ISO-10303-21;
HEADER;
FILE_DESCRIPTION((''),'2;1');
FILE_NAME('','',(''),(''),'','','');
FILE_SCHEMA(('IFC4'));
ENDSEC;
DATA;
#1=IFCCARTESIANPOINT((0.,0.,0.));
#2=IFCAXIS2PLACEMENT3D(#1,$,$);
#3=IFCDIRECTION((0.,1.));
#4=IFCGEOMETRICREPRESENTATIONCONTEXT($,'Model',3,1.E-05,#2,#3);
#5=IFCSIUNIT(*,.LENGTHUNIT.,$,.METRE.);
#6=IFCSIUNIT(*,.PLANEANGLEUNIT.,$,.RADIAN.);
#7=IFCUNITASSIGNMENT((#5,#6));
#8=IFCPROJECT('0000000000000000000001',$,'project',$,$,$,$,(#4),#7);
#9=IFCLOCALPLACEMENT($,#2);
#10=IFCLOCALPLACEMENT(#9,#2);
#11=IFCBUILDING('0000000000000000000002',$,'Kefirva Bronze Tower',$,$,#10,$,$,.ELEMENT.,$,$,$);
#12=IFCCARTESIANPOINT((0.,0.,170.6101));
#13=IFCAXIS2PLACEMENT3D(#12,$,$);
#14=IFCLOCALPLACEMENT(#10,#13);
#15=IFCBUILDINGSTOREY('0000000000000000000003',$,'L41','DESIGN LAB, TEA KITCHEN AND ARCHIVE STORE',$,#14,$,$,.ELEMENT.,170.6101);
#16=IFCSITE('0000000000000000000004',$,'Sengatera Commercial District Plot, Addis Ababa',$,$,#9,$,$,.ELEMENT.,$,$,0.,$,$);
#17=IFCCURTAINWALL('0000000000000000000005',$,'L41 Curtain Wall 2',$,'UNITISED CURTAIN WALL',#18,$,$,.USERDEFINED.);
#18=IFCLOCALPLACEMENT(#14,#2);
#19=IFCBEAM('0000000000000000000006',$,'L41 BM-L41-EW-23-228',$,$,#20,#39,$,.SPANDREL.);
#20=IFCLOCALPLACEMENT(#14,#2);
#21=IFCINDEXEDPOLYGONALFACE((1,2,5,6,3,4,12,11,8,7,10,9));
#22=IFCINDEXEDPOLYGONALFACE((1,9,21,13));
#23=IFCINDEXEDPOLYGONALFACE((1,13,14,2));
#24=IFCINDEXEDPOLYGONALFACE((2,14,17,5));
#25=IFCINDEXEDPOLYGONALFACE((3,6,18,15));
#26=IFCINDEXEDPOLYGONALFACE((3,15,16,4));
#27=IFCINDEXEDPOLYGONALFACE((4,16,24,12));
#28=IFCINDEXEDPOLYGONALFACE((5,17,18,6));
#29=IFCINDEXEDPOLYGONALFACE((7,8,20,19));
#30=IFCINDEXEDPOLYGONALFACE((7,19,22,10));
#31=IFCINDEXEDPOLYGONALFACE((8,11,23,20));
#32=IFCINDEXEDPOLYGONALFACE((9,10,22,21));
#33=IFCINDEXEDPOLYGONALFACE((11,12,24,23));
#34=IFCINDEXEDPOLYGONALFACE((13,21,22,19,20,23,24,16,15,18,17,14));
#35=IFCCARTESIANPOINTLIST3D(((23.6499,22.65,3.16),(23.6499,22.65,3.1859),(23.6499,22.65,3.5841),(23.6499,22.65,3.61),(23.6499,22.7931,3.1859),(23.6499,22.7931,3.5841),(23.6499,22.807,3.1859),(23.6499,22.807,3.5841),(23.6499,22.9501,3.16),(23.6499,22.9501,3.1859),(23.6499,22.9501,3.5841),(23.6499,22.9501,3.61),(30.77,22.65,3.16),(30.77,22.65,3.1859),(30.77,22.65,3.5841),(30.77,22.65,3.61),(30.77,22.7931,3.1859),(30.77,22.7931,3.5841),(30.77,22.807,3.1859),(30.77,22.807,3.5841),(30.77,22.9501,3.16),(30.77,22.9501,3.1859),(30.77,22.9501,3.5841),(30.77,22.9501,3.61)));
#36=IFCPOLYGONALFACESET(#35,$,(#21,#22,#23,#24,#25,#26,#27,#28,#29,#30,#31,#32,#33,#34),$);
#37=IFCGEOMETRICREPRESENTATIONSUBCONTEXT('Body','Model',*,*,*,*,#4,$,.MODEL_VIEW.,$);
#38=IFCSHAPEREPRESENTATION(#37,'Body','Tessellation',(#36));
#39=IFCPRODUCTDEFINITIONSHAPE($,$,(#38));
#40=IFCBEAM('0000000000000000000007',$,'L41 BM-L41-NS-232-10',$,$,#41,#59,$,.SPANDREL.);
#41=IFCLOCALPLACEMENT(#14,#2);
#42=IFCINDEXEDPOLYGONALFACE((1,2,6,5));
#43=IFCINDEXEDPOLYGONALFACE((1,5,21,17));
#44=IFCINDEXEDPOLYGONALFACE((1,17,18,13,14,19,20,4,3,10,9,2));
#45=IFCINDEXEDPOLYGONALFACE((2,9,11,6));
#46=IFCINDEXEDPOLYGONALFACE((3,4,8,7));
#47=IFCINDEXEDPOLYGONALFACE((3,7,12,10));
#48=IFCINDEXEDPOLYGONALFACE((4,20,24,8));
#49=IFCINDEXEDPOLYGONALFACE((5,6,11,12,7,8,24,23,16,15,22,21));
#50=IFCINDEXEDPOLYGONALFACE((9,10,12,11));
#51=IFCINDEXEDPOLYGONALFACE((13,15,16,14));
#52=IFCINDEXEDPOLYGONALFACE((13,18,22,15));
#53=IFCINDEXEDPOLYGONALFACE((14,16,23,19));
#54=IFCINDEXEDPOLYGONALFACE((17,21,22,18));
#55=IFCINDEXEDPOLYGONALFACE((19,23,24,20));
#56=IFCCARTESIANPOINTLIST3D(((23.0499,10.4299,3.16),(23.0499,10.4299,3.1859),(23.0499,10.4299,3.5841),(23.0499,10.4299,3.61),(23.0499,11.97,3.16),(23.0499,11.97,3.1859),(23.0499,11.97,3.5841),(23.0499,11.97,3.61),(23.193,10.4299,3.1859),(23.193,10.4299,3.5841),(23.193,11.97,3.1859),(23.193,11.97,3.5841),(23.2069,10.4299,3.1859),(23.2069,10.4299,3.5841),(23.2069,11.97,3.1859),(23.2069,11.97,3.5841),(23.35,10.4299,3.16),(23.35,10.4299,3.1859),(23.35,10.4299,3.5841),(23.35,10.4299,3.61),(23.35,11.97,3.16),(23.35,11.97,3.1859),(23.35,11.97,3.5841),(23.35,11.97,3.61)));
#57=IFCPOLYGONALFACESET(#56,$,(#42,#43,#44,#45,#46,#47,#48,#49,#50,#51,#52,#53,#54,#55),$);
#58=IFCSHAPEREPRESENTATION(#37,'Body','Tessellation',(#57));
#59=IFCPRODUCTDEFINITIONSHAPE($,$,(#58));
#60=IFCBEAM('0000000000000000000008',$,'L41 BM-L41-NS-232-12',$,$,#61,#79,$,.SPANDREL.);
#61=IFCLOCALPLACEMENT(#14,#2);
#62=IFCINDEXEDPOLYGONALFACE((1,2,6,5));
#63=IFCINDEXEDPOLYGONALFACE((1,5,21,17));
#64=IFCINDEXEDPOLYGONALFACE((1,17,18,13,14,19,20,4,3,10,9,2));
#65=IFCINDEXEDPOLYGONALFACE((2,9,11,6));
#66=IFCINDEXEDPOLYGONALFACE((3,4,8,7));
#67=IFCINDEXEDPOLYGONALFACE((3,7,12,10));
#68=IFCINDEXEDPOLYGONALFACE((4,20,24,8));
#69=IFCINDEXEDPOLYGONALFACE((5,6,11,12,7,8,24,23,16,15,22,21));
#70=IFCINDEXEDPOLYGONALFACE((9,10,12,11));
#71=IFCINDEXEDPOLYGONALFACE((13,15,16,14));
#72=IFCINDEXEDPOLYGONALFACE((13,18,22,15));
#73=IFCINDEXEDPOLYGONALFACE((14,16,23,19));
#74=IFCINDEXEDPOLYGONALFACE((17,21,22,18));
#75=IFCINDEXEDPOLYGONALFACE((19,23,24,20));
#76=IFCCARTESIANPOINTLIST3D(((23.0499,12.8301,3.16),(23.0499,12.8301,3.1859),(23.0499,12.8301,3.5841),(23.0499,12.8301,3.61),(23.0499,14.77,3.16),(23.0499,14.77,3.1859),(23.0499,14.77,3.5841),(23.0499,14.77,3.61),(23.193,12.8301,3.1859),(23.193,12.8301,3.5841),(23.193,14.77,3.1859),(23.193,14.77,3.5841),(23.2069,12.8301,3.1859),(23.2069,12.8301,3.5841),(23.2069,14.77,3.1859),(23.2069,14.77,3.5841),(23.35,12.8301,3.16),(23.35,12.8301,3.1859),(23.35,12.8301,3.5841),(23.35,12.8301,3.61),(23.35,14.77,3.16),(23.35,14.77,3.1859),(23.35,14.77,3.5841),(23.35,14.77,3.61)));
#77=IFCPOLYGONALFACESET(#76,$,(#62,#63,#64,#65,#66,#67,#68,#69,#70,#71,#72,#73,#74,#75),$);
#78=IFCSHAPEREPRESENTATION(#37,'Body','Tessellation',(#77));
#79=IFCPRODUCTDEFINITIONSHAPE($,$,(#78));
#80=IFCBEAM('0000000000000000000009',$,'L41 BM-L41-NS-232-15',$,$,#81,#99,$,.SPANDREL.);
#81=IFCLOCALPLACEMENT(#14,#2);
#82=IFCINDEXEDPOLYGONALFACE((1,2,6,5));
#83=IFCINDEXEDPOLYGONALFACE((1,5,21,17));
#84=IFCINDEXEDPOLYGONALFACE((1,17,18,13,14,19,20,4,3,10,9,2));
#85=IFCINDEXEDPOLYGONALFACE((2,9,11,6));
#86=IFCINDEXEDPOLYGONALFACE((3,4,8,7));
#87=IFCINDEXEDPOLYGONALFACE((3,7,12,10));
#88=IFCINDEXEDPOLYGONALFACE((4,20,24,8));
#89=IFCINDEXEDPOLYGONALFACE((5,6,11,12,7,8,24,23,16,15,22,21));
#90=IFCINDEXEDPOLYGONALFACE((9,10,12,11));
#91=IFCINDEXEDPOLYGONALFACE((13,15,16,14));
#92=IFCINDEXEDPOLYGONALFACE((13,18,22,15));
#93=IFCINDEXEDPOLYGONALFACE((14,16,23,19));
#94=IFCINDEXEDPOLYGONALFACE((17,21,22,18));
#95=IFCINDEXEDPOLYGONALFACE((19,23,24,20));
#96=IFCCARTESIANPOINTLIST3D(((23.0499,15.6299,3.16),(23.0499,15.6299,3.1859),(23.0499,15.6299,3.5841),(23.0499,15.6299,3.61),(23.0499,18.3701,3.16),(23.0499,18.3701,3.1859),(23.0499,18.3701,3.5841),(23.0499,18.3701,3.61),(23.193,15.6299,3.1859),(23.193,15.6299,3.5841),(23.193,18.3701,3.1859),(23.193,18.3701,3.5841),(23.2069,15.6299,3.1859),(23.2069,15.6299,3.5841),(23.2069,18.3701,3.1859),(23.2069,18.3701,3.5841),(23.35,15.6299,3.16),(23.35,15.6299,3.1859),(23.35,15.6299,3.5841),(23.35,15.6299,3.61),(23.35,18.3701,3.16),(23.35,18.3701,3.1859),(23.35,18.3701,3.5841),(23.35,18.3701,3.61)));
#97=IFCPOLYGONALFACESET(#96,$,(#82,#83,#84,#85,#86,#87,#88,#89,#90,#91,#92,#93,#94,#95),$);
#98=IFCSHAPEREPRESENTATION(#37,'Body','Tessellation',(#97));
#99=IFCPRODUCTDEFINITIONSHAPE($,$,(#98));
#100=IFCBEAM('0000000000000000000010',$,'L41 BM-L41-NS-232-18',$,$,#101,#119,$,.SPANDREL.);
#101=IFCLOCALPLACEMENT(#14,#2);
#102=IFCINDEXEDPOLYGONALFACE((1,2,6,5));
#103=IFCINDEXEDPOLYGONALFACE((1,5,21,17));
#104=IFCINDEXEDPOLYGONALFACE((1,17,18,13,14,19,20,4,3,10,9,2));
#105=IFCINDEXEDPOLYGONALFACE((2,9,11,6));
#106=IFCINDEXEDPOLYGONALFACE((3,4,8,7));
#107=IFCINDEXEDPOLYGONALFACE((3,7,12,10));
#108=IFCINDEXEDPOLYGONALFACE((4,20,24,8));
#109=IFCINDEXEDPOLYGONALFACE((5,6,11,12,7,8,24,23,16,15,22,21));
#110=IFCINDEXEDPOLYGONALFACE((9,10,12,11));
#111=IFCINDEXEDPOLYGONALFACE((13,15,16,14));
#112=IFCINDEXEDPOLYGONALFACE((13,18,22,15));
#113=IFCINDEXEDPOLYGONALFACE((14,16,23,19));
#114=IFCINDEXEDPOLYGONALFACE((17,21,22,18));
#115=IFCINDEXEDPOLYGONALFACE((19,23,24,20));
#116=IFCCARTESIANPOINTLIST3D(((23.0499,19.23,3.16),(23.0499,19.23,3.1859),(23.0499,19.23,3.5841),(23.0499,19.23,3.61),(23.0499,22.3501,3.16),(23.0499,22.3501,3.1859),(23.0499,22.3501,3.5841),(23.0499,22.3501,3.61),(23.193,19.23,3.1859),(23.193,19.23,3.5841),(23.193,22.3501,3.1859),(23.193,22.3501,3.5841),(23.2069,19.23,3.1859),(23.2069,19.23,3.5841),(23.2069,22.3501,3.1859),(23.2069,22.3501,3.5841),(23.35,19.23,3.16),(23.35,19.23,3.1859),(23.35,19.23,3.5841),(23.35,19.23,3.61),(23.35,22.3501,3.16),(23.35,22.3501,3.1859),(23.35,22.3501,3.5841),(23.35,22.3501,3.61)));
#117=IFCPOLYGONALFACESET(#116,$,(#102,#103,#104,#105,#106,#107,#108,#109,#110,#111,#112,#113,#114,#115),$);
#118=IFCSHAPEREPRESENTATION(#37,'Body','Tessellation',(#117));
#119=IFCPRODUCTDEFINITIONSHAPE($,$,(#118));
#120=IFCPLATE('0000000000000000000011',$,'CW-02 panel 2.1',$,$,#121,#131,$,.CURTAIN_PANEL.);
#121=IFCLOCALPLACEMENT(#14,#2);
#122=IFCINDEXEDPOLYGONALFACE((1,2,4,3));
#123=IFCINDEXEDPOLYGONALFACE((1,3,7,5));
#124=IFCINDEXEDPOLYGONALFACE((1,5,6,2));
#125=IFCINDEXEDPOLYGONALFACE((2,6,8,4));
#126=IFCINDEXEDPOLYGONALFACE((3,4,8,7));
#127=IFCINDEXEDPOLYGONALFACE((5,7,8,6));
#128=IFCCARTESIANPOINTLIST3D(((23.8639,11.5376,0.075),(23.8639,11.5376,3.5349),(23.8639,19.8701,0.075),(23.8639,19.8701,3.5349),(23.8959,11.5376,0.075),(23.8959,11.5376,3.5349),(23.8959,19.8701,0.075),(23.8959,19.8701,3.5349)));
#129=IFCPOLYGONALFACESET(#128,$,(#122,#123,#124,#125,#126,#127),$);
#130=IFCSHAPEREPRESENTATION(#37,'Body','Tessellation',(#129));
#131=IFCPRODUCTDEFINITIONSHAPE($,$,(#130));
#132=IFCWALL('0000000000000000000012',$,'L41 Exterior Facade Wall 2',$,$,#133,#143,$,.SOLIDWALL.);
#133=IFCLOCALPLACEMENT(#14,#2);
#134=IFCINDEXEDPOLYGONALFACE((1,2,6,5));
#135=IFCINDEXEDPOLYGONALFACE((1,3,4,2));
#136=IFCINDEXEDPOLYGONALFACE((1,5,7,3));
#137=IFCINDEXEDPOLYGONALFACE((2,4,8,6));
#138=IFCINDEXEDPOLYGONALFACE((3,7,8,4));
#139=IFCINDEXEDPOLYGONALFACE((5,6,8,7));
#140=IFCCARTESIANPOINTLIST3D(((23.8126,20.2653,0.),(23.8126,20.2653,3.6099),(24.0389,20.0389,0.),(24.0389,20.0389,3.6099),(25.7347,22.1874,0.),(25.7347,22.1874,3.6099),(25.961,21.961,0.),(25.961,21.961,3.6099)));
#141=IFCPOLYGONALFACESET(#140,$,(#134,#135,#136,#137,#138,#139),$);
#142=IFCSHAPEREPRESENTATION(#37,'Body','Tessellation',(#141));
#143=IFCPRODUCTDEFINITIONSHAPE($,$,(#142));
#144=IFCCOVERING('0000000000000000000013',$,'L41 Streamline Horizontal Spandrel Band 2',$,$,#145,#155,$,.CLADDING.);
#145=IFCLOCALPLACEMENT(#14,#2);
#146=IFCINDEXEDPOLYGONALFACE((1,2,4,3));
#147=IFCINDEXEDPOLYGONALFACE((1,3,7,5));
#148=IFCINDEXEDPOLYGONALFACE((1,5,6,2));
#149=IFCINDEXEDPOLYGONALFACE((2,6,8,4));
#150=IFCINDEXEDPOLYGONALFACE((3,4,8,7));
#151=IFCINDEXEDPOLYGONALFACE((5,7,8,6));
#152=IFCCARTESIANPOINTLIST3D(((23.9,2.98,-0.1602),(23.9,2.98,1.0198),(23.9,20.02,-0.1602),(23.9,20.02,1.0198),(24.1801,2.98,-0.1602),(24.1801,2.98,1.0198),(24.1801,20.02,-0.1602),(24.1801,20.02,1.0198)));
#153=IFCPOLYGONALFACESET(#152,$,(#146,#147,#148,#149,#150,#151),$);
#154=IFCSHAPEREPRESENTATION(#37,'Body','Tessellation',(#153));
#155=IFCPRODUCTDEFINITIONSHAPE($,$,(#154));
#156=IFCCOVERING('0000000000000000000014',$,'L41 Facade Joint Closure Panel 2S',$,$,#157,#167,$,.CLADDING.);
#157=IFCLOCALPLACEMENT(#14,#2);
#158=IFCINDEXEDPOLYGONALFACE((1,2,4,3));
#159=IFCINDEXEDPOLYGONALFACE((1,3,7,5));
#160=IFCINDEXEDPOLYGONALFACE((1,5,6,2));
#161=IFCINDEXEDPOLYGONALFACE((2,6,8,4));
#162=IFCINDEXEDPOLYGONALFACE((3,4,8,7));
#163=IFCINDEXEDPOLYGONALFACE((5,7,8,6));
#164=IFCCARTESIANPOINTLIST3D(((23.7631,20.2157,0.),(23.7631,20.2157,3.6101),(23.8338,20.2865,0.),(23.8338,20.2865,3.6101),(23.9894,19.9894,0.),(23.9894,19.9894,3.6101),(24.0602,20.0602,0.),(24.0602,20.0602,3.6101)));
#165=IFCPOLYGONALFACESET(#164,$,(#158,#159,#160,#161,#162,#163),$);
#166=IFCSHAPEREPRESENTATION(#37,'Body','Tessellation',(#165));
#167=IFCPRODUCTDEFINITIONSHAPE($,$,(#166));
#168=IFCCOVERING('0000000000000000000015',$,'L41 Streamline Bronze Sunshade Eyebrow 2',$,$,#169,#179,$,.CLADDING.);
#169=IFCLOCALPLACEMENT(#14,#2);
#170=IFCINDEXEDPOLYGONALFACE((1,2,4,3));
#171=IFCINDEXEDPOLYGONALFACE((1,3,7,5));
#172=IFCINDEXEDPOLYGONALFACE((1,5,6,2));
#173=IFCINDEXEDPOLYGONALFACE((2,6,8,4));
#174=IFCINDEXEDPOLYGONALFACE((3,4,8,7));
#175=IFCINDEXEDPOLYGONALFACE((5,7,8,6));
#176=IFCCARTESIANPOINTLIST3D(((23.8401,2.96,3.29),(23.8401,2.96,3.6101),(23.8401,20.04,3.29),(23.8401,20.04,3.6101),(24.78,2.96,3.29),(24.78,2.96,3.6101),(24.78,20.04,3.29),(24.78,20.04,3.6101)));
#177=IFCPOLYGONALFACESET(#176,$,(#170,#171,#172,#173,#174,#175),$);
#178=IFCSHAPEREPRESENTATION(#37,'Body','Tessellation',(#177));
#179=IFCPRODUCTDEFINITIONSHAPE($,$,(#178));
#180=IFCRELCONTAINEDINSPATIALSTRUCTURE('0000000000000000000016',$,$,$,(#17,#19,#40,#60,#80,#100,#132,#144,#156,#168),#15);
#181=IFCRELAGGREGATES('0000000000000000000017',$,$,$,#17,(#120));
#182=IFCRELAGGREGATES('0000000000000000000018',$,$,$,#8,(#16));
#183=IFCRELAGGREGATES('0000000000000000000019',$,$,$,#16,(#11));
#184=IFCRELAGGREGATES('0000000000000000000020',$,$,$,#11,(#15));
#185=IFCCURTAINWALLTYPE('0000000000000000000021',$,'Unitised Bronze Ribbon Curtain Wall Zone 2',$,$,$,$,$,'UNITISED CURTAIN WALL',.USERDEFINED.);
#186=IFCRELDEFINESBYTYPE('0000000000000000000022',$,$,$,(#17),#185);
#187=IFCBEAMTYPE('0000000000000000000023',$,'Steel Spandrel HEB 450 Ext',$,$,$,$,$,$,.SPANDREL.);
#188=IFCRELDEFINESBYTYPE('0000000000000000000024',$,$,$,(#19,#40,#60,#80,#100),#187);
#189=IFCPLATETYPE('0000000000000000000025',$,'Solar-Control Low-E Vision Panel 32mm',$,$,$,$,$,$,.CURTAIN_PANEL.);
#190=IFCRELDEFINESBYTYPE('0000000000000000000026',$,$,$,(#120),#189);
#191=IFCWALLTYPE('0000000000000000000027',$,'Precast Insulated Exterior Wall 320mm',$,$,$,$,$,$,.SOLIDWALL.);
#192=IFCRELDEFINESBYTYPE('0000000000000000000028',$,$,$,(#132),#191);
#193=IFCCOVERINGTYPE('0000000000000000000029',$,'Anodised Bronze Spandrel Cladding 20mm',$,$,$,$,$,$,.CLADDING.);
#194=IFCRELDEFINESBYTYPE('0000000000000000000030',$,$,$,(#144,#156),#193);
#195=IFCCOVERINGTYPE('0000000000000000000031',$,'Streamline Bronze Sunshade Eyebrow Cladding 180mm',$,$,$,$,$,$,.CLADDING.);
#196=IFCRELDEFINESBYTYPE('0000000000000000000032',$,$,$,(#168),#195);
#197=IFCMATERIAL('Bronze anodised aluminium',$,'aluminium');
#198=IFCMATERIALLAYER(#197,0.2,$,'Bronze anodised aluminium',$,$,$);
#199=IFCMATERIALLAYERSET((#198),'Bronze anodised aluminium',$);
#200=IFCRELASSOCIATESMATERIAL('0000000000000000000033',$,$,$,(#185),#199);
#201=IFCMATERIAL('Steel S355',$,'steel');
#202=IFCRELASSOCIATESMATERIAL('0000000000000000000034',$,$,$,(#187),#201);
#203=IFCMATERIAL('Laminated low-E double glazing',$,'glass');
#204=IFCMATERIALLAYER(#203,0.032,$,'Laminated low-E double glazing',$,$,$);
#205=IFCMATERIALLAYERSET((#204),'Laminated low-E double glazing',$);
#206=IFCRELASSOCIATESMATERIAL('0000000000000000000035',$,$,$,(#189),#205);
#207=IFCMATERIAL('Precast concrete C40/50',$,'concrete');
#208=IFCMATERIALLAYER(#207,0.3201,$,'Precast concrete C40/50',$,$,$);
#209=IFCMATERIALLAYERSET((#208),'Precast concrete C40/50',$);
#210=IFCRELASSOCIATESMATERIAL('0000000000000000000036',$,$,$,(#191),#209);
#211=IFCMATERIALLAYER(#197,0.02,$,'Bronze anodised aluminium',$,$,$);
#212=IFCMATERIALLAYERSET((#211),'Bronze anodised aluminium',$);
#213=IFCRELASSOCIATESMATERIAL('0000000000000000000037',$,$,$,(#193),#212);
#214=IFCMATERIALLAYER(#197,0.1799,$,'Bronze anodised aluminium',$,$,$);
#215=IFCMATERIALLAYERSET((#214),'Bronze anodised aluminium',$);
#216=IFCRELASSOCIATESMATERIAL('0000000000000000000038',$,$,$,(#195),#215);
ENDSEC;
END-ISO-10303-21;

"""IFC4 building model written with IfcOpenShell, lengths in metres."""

from ifc_helpers import new_model, si_unit, direction, frame, frame_2d, origin, origin_2d, place, context, subcontext, project, spatial, rectangle, i_section, extrude, material, layer, layer_set, material_profile, profile_set, type_object, element, aggregate, save


model = new_model("IFC4")

# Units and contexts
model_context = context("Model", 3, precision=1e-05, world=origin(), true_north=direction((0.0, 1.0)))
body_context = subcontext(model_context, "Body", "Model", "MODEL_VIEW")
ifc_project = project(units=[si_unit("LENGTHUNIT", "METRE"), si_unit("PLANEANGLEUNIT", "RADIAN")], contexts=[model_context])

# Site, building, storey
site_placement = place(None, origin())
site = spatial("IfcSite", under=ifc_project, at=site_placement, Name="Sengatera Commercial District Plot, Addis Ababa", CompositionType="ELEMENT", RefElevation=0.0)
building_placement = place(site_placement, origin())
building = spatial("IfcBuilding", under=site, at=building_placement, Name="Kefirva Bronze Tower", CompositionType="ELEMENT")
storey_placement = place(building_placement, frame((0.0, 0.0, 170.6101)))
storey = spatial("IfcBuildingStorey", under=building, at=storey_placement, Name="L41", Description="DESIGN LAB, TEA KITCHEN AND ARCHIVE STORE", CompositionType="ELEMENT", Elevation=170.6101)

# Curtain wall
ifc_material_1 = material(Name="Bronze anodised aluminium", Category="aluminium")
ifc_layer_1 = layer(ifc_material_1, 0.2, Name="Bronze anodised aluminium")
ifc_layer_set_1 = layer_set([ifc_layer_1], Name="Bronze anodised aluminium")
curtain_wall_type = type_object("IfcCurtainWallType", Name="Unitised Bronze Ribbon Curtain Wall Zone 2", ElementType="UNITISED CURTAIN WALL", PredefinedType="USERDEFINED", material=ifc_layer_set_1)
curtain_wall_placement = place(storey_placement, origin())
curtain_wall = element("IfcCurtainWall", 1, at=curtain_wall_placement, inside=storey, type_object=curtain_wall_type, Name="L41 Curtain Wall 2", ObjectType="UNITISED CURTAIN WALL", PredefinedType="USERDEFINED")

# Beams
ifc_material_2 = material(Name="Steel S355", Category="steel")
ifc_material_profile_1 = material_profile(ifc_material_2, i_section(OverallWidth=0.3, OverallDepth=0.45, WebThickness=0.0139, FlangeThickness=0.0259, at=origin_2d()), Name="HEB 450")
ifc_profile_set_1 = profile_set([ifc_material_profile_1], Name="Steel S355")
beam_type_1 = type_object("IfcBeamType", Name="Steel Spandrel HEB 450 Ext", PredefinedType="SPANDREL", material=ifc_profile_set_1)
beam_1_placement = place(storey_placement, frame((23.6499, 22.8, 3.385), z_axis=(1.0, 0.0, 0.0), x_axis=(0.0, 1.0, 0.0)))
element("IfcBeam", 2, at=beam_1_placement, inside=storey, type_object=beam_type_1, Name="L41 BM-L41-EW-23-228", PredefinedType="SPANDREL", context=body_context, shape_type="SweptSolid", body=[
    extrude(i_section(OverallWidth=0.3, OverallDepth=0.45, WebThickness=0.0139, FlangeThickness=0.0259, at=origin_2d()), origin(), (0.0, 0.0, 1.0), 7.1201),
])
beam_2_placement = place(storey_placement, frame((23.2, 10.4299, 3.385), z_axis=(0.0, 1.0, 0.0), x_axis=(-1.0, 0.0, 0.0)))
element("IfcBeam", 3, at=beam_2_placement, inside=storey, type_object=beam_type_1, Name="L41 BM-L41-NS-232-10", PredefinedType="SPANDREL", context=body_context, shape_type="SweptSolid", body=[
    extrude(i_section(OverallWidth=0.3, OverallDepth=0.45, WebThickness=0.0139, FlangeThickness=0.0259, at=origin_2d()), origin(), (0.0, 0.0, 1.0), 1.54),
])
beam_3_placement = place(storey_placement, frame((23.2, 12.8301, 3.385), z_axis=(0.0, 1.0, 0.0), x_axis=(-1.0, 0.0, 0.0)))
element("IfcBeam", 4, at=beam_3_placement, inside=storey, type_object=beam_type_1, Name="L41 BM-L41-NS-232-12", PredefinedType="SPANDREL", context=body_context, shape_type="SweptSolid", body=[
    extrude(i_section(OverallWidth=0.3, OverallDepth=0.45, WebThickness=0.0139, FlangeThickness=0.0259, at=origin_2d()), origin(), (0.0, 0.0, 1.0), 1.9399),
])
beam_4_placement = place(storey_placement, frame((23.2, 15.6299, 3.385), z_axis=(0.0, 1.0, 0.0), x_axis=(-1.0, 0.0, 0.0)))
element("IfcBeam", 5, at=beam_4_placement, inside=storey, type_object=beam_type_1, Name="L41 BM-L41-NS-232-15", PredefinedType="SPANDREL", context=body_context, shape_type="SweptSolid", body=[
    extrude(i_section(OverallWidth=0.3, OverallDepth=0.45, WebThickness=0.0139, FlangeThickness=0.0259, at=origin_2d()), origin(), (0.0, 0.0, 1.0), 2.7402),
])
beam_5_placement = place(storey_placement, frame((23.2, 19.23, 3.385), z_axis=(0.0, 1.0, 0.0), x_axis=(-1.0, 0.0, 0.0)))
element("IfcBeam", 6, at=beam_5_placement, inside=storey, type_object=beam_type_1, Name="L41 BM-L41-NS-232-18", PredefinedType="SPANDREL", context=body_context, shape_type="SweptSolid", body=[
    extrude(i_section(OverallWidth=0.3, OverallDepth=0.45, WebThickness=0.0139, FlangeThickness=0.0259, at=origin_2d()), origin(), (0.0, 0.0, 1.0), 3.1201),
])

# Plate
ifc_material_3 = material(Name="Laminated low-E double glazing", Category="glass")
ifc_layer_2 = layer(ifc_material_3, 0.032, Name="Laminated low-E double glazing")
ifc_layer_set_2 = layer_set([ifc_layer_2], Name="Laminated low-E double glazing")
plate_type = type_object("IfcPlateType", Name="Solar-Control Low-E Vision Panel 32mm", PredefinedType="CURTAIN_PANEL", material=ifc_layer_set_2)
plate_placement = place(storey_placement, frame((23.8799, 15.7039, 0.075), z_axis=(0.0, 0.0, 1.0), x_axis=(0.0, 1.0, 0.0)))
plate = element("IfcPlate", 7, at=plate_placement, type_object=plate_type, Name="CW-02 panel 2.1", PredefinedType="CURTAIN_PANEL", context=body_context, shape_type="SweptSolid", body=[
    extrude(rectangle(XDim=8.3325, YDim=0.032, at=origin_2d()), origin(), (0.0, 0.0, 1.0), 3.46),
])
aggregate(curtain_wall, [plate])

# Wall
ifc_material_4 = material(Name="Precast concrete C40/50", Category="concrete")
ifc_layer_3 = layer(ifc_material_4, 0.3201, Name="Precast concrete C40/50")
ifc_layer_set_3 = layer_set([ifc_layer_3], Name="Precast concrete C40/50")
wall_type = type_object("IfcWallType", Name="Precast Insulated Exterior Wall 320mm", PredefinedType="SOLIDWALL", material=ifc_layer_set_3)
wall_placement = place(storey_placement, frame((23.9258, 20.1521, 0.0), z_axis=(0.0, 0.0, 1.0), x_axis=(0.707107, 0.707107, 0.0)))
element("IfcWall", 8, at=wall_placement, inside=storey, type_object=wall_type, Name="L41 Exterior Facade Wall 2", PredefinedType="SOLIDWALL", context=body_context, shape_type="SweptSolid", body=[
    extrude(rectangle(XDim=2.7183, YDim=0.3201, at=frame_2d((1.3591, 0.0))), origin(), (0.0, 0.0, 1.0), 3.6099),
])

# Coverings
ifc_layer_4 = layer(ifc_material_1, 0.02, Name="Bronze anodised aluminium")
ifc_layer_set_4 = layer_set([ifc_layer_4], Name="Bronze anodised aluminium")
covering_type_1 = type_object("IfcCoveringType", Name="Anodised Bronze Spandrel Cladding 20mm", PredefinedType="CLADDING", material=ifc_layer_set_4)
covering_1_placement = place(storey_placement, frame((24.04, 11.5, -0.1602), z_axis=(0.0, 0.0, 1.0), x_axis=(0.0, 1.0, 0.0)))
element("IfcCovering", 9, at=covering_1_placement, inside=storey, type_object=covering_type_1, Name="L41 Streamline Horizontal Spandrel Band 2", PredefinedType="CLADDING", context=body_context, shape_type="SweptSolid", body=[
    extrude(rectangle(XDim=17.04, YDim=0.28, at=origin_2d()), origin(), (0.0, 0.0, 1.0), 1.1799),
])
covering_2_placement = place(storey_placement, frame((23.9116, 20.1379, 0.0), z_axis=(0.0, 0.0, 1.0), x_axis=(0.707107, 0.707107, 0.0)))
element("IfcCovering", 10, at=covering_2_placement, inside=storey, type_object=covering_type_1, Name="L41 Facade Joint Closure Panel 2S", PredefinedType="CLADDING", context=body_context, shape_type="SweptSolid", body=[
    extrude(rectangle(XDim=0.1001, YDim=0.3201, at=origin_2d()), origin(), (0.0, 0.0, 1.0), 3.6101),
])
ifc_layer_5 = layer(ifc_material_1, 0.1799, Name="Bronze anodised aluminium")
ifc_layer_set_5 = layer_set([ifc_layer_5], Name="Bronze anodised aluminium")
covering_type_2 = type_object("IfcCoveringType", Name="Streamline Bronze Sunshade Eyebrow Cladding 180mm", PredefinedType="CLADDING", material=ifc_layer_set_5)
covering_3_placement = place(storey_placement, frame((24.3101, 11.5, 3.29), z_axis=(0.0, 0.0, 1.0), x_axis=(0.0, 1.0, 0.0)))
element("IfcCovering", 11, at=covering_3_placement, inside=storey, type_object=covering_type_2, Name="L41 Streamline Bronze Sunshade Eyebrow 2", PredefinedType="CLADDING", context=body_context, shape_type="SweptSolid", body=[
    extrude(rectangle(XDim=17.0801, YDim=0.9399, at=origin_2d()), origin(), (0.0, 0.0, 1.0), 0.3201),
])

save(model, "model.ifc")
